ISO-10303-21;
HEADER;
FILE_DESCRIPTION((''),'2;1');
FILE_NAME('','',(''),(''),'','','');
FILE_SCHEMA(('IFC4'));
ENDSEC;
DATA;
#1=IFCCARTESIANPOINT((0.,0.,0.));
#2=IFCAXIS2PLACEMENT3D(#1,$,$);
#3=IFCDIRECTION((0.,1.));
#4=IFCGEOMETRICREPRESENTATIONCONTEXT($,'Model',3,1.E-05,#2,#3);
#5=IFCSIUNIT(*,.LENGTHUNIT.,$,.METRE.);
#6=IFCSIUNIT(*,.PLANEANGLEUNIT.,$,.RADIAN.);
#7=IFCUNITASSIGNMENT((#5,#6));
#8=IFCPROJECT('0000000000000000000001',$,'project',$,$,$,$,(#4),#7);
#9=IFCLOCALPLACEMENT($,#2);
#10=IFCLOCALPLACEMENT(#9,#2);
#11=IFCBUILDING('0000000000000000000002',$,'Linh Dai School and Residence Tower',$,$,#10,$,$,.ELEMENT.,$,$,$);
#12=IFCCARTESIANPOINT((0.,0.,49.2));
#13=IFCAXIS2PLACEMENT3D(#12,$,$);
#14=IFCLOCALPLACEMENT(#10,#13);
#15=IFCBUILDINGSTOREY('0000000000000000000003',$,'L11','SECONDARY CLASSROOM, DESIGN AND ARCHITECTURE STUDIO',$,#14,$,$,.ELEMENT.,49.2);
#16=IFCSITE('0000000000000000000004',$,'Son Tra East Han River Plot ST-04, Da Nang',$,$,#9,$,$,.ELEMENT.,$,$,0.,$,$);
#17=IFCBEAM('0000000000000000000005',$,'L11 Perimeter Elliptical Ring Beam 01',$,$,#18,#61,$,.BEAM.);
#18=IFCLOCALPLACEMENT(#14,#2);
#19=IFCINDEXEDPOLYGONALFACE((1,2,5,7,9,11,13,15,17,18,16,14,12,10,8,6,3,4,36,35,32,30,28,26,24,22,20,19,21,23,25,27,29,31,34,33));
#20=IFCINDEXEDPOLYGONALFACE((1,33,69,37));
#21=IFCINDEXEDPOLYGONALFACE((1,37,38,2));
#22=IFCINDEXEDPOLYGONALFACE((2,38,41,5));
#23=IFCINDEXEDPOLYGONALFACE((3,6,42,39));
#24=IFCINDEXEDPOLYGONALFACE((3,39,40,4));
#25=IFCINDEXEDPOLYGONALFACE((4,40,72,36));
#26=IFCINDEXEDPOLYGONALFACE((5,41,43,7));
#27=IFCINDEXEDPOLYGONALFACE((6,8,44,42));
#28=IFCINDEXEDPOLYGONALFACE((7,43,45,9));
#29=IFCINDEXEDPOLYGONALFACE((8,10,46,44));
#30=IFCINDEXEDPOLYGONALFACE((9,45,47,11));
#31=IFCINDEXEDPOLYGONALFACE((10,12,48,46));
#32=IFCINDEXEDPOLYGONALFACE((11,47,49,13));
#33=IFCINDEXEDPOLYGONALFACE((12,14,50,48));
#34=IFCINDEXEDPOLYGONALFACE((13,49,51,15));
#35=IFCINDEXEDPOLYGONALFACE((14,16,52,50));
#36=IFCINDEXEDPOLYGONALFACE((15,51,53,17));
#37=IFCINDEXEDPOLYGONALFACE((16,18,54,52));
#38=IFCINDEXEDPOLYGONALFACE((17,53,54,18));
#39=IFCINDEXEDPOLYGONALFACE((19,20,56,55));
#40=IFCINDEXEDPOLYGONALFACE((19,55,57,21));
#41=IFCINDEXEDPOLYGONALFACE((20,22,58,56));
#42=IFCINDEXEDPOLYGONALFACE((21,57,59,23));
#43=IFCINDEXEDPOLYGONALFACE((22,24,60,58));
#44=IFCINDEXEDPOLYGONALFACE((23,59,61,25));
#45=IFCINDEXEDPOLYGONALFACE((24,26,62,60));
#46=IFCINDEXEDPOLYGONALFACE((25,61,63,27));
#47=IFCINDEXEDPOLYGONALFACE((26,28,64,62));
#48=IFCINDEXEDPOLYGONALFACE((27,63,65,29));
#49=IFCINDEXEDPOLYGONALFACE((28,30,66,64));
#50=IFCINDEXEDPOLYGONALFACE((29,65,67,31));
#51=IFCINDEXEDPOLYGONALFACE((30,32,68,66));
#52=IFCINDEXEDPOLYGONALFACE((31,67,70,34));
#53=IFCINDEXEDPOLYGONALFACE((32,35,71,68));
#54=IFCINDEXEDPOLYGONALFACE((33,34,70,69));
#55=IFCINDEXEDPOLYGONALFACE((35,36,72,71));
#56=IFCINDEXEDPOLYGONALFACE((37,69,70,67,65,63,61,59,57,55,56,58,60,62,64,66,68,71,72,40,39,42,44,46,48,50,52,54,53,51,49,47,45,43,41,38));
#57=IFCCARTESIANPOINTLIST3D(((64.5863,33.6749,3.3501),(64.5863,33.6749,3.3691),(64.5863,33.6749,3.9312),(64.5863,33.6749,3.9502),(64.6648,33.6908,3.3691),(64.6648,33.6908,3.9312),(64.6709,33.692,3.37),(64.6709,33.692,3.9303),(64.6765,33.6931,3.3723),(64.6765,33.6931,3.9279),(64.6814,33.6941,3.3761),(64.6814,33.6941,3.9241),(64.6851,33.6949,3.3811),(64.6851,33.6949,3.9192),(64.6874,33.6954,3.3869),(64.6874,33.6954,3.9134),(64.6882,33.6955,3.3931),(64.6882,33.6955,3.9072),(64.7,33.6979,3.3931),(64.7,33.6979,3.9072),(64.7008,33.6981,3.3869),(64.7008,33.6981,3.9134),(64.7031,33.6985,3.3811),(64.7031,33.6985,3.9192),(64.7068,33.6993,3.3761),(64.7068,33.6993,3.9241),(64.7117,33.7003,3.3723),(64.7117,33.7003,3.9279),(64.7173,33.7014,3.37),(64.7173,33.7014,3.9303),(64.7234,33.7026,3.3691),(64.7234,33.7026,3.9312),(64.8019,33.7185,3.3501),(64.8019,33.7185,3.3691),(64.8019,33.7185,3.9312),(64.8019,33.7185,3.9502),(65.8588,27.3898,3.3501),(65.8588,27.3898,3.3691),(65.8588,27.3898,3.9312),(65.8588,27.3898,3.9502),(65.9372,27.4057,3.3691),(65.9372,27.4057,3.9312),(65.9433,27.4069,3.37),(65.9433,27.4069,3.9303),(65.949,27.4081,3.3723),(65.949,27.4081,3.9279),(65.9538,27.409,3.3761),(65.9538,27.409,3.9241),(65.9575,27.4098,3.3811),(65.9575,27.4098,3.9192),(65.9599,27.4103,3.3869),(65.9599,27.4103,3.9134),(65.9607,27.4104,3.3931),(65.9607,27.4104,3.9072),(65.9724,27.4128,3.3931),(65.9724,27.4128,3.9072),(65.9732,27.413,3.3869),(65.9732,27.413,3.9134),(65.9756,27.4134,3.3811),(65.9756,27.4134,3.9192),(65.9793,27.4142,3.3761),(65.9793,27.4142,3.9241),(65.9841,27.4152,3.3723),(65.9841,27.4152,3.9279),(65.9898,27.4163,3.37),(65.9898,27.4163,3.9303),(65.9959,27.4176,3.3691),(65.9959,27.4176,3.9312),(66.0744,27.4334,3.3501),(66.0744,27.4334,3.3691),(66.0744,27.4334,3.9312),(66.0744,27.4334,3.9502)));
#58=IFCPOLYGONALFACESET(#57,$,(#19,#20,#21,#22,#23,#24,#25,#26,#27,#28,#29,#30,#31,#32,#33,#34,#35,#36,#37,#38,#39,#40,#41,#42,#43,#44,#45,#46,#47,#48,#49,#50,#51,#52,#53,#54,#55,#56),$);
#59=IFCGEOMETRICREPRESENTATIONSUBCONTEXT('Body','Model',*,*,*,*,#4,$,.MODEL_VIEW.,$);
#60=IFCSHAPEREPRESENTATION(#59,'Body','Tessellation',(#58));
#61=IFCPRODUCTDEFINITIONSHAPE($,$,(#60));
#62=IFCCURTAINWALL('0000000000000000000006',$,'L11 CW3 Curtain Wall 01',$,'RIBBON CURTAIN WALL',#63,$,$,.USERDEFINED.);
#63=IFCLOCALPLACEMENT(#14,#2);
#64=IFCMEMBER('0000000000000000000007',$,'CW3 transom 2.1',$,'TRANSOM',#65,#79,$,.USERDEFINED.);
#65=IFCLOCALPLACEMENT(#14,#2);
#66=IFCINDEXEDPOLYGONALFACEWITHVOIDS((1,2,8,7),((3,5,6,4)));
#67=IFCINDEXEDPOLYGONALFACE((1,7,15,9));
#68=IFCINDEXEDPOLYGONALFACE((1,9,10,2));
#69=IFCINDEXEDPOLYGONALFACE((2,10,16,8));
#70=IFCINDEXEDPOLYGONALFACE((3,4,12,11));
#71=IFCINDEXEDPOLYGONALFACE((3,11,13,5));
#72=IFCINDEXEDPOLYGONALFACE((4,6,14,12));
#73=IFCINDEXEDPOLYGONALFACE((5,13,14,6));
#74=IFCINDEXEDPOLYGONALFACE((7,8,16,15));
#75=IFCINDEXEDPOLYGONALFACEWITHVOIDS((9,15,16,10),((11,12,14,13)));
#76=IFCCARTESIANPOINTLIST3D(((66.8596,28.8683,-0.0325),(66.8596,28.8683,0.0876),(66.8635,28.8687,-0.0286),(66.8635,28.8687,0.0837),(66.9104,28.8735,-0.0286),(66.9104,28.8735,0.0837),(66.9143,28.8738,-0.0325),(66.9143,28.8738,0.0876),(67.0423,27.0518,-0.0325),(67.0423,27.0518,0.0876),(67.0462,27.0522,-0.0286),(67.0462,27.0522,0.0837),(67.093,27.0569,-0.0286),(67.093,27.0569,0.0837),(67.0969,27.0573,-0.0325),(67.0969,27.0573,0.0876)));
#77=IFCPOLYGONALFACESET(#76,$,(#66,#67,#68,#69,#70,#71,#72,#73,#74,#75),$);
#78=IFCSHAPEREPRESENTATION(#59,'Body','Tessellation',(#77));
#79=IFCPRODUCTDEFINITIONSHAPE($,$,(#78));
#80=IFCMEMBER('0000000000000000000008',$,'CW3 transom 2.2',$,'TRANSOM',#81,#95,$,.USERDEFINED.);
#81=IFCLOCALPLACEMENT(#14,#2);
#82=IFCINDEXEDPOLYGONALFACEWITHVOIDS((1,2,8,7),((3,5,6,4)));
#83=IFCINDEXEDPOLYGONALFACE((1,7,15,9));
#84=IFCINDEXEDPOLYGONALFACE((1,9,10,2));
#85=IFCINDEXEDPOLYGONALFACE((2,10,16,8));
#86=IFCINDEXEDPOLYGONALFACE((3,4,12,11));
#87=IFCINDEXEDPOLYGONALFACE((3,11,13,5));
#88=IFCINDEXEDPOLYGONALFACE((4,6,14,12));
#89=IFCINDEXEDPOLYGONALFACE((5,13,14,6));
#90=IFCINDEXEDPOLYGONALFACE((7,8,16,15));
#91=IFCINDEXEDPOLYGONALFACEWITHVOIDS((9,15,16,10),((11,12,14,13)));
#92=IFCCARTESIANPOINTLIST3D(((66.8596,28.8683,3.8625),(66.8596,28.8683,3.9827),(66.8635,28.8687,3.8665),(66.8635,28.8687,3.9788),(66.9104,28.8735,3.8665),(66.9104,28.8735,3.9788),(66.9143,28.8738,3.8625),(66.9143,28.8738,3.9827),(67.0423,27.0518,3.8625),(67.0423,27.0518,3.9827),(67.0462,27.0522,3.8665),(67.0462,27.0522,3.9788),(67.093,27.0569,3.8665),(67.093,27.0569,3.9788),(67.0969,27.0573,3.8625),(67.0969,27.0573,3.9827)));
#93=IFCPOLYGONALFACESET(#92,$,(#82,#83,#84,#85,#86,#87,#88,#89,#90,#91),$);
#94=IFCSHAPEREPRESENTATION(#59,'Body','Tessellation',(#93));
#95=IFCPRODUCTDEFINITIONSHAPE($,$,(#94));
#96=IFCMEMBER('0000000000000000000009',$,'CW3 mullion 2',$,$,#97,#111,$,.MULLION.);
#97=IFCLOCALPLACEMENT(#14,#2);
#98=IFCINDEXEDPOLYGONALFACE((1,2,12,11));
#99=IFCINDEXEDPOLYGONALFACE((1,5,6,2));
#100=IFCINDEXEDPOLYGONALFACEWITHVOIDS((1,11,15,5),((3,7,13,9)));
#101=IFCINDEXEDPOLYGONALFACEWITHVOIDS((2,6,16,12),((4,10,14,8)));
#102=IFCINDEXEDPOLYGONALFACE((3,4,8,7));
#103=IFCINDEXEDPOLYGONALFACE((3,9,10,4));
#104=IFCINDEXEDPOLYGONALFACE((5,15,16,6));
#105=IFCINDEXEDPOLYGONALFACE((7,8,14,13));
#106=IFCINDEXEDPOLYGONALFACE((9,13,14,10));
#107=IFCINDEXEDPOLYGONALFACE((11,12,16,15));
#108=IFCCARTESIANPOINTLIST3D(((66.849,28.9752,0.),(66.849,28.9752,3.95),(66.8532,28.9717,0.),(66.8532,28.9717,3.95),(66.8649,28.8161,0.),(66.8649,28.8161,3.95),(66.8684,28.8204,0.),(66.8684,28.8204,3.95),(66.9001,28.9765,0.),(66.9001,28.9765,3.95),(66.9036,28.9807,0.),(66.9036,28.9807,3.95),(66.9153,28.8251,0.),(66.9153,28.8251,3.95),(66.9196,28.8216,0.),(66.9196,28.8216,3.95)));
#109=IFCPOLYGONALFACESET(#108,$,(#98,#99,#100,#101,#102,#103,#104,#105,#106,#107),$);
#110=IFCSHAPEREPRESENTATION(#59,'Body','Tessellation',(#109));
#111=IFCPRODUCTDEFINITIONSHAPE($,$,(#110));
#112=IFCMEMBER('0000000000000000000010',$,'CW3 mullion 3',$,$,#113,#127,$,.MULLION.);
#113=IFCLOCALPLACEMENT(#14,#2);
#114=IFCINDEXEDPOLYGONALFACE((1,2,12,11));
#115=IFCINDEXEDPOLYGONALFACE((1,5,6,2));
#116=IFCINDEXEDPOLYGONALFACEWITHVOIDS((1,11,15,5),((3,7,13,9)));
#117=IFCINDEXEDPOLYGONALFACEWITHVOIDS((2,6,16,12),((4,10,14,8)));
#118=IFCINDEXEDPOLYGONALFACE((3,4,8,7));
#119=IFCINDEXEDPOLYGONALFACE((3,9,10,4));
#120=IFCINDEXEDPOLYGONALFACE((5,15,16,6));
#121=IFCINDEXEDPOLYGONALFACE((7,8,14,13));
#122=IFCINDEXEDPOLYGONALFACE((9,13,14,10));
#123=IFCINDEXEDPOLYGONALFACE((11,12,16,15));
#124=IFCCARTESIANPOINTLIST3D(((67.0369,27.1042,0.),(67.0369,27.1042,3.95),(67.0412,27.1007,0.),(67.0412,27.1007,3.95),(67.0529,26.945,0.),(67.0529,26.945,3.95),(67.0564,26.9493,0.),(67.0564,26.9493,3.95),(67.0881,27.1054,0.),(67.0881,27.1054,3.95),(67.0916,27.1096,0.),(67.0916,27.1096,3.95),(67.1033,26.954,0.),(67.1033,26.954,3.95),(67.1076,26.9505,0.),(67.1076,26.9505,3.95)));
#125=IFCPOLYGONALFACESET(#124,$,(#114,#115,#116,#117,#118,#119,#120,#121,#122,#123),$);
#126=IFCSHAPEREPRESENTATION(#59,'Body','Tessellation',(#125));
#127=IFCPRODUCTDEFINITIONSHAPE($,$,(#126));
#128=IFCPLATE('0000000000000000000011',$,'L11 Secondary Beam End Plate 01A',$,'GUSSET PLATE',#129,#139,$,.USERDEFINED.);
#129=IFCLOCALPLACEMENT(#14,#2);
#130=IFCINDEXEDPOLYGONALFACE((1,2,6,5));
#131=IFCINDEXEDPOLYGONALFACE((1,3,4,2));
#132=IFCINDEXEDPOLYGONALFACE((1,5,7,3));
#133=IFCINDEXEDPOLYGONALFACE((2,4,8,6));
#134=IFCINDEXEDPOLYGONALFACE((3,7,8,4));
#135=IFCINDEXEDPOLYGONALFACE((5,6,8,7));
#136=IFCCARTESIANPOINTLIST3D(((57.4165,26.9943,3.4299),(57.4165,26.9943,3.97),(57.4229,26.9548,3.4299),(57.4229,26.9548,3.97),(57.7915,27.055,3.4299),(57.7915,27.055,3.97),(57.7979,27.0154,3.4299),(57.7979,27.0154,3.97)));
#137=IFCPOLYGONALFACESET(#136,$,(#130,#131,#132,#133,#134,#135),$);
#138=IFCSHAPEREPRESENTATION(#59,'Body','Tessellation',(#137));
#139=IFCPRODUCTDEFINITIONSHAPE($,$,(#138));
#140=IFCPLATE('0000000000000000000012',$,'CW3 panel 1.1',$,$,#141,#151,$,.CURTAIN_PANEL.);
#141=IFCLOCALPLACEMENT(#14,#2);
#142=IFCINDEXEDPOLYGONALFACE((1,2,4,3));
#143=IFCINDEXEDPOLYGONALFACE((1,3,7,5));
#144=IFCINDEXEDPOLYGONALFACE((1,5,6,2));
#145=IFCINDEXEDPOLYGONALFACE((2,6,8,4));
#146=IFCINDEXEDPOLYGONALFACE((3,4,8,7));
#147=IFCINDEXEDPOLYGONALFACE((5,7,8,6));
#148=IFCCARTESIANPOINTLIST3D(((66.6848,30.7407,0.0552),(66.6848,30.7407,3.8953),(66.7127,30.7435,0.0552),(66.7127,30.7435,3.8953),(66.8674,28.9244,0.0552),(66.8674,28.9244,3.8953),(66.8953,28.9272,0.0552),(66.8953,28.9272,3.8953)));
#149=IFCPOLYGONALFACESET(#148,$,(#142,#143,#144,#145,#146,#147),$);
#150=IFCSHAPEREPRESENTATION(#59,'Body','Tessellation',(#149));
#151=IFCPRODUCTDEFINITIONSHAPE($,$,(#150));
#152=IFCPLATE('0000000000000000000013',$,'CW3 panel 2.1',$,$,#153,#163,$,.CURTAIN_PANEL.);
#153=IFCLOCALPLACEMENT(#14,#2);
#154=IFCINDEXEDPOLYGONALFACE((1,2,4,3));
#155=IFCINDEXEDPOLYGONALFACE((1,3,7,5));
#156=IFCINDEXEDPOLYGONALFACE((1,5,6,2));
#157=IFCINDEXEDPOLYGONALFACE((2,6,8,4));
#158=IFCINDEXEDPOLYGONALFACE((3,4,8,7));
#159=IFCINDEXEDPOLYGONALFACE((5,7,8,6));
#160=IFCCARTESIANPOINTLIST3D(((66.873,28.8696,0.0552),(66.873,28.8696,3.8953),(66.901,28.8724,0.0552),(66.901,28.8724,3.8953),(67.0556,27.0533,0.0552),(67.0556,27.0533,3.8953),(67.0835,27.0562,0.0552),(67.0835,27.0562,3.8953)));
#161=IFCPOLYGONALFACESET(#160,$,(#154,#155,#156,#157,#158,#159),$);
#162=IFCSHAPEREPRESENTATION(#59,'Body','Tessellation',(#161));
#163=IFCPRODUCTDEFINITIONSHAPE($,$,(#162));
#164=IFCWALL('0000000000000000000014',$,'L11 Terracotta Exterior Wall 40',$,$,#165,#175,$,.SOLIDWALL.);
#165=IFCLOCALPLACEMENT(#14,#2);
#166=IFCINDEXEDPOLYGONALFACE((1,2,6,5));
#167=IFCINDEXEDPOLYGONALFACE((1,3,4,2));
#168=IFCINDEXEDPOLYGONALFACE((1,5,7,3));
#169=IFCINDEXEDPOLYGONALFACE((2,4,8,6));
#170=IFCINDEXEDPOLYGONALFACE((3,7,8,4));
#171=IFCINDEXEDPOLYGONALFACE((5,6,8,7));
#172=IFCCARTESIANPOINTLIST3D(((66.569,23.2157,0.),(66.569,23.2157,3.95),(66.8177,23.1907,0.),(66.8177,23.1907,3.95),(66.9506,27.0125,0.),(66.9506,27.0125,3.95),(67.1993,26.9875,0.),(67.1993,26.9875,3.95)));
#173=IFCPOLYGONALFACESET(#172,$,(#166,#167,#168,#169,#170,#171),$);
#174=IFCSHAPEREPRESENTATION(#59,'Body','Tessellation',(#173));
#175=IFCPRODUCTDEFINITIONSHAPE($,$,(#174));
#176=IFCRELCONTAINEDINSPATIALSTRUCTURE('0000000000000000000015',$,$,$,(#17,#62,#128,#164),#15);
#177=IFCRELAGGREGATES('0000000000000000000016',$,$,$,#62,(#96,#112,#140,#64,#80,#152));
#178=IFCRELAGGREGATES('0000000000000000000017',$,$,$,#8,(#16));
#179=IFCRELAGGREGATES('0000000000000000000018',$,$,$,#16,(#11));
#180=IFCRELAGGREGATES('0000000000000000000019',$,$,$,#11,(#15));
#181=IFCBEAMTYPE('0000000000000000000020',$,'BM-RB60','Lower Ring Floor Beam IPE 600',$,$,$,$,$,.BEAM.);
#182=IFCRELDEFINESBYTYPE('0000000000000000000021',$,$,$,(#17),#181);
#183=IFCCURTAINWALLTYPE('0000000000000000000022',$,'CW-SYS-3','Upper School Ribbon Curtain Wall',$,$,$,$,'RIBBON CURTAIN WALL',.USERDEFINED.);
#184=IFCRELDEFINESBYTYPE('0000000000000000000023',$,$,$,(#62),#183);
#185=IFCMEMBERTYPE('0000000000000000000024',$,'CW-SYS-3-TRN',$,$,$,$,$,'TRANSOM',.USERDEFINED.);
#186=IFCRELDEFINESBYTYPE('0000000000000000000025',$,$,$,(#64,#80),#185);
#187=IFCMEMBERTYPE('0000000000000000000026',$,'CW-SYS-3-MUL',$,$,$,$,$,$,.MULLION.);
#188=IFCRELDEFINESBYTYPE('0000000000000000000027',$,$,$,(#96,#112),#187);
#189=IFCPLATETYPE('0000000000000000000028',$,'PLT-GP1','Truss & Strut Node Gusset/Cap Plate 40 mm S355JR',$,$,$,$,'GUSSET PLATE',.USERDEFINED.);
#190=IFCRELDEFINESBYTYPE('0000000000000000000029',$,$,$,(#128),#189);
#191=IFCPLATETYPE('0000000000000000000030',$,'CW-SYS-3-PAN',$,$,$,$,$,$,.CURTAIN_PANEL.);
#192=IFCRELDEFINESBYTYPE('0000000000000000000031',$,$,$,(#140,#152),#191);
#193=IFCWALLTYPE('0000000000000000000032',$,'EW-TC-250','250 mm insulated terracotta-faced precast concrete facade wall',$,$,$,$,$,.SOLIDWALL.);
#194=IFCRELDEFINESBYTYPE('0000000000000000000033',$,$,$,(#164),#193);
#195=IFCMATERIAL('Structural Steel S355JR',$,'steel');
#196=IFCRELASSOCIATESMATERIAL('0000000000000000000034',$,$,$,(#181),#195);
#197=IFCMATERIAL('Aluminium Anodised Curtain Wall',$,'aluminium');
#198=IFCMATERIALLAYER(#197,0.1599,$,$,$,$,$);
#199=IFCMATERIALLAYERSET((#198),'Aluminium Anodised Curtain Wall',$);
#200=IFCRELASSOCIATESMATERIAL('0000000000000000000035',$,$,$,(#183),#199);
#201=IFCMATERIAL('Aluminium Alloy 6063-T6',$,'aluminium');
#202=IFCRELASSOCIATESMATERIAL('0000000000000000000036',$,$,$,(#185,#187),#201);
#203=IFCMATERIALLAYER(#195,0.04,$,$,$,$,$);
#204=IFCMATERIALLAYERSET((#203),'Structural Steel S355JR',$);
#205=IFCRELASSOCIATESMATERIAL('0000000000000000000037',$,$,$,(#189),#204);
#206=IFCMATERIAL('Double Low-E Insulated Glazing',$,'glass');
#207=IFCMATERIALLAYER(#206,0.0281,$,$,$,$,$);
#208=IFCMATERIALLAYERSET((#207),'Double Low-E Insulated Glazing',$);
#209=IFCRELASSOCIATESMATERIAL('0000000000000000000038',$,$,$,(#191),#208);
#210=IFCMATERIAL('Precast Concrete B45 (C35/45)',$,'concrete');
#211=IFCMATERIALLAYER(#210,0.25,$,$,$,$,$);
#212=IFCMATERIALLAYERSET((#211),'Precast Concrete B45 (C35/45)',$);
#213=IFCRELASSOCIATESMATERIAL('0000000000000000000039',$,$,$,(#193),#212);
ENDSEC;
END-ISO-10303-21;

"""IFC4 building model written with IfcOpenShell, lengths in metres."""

from ifc_helpers import new_model, si_unit, direction, frame, frame_2d, origin, origin_2d, place, context, subcontext, project, spatial, rectangle, hollow_rectangle, i_section, extrude, source, transform, mapped, material, layer, layer_set, material_profile, profile_set, type_object, element, aggregate, save


model = new_model("IFC4")

# Units and contexts
model_context = context("Model", 3, precision=1e-05, world=origin(), true_north=direction((0.0, 1.0)))
body_context = subcontext(model_context, "Body", "Model", "MODEL_VIEW")
ifc_project = project(units=[si_unit("LENGTHUNIT", "METRE"), si_unit("PLANEANGLEUNIT", "RADIAN")], contexts=[model_context])

# Site, building, storey
site_placement = place(None, origin())
site = spatial("IfcSite", under=ifc_project, at=site_placement, Name="Son Tra East Han River Plot ST-04, Da Nang", CompositionType="ELEMENT", RefElevation=0.0)
building_placement = place(site_placement, origin())
building = spatial("IfcBuilding", under=site, at=building_placement, Name="Linh Dai School and Residence Tower", CompositionType="ELEMENT")
storey_placement = place(building_placement, frame((0.0, 0.0, 49.2)))
storey = spatial("IfcBuildingStorey", under=building, at=storey_placement, Name="L11", Description="SECONDARY CLASSROOM, DESIGN AND ARCHITECTURE STUDIO", CompositionType="ELEMENT", Elevation=49.2)

# Shared definitions
ifc_material_1 = material(Name="Structural Steel S355JR", Category="steel")

# Beam
ifc_material_profile_1 = material_profile(ifc_material_1, i_section(OverallWidth=0.22, OverallDepth=0.6001, WebThickness=0.012, FlangeThickness=0.019, FilletRadius=0.0239, at=origin_2d()), Name="IPE 600")
ifc_profile_set_1 = profile_set([ifc_material_profile_1], Name="Structural Steel S355JR")
beam_type_1 = type_object("IfcBeamType", Name="BM-RB60", Description="Lower Ring Floor Beam IPE 600", PredefinedType="BEAM", material=ifc_profile_set_1)
beam_1_placement = place(storey_placement, frame((65.9666, 27.4116, 3.6501), z_axis=(-0.198429, 0.980115, 0.0), x_axis=(-0.980115, -0.198429, 0.0)))
element("IfcBeam", 1, at=beam_1_placement, inside=storey, type_object=beam_type_1, Name="L11 Perimeter Elliptical Ring Beam 01", PredefinedType="BEAM", context=body_context, shape_type="SweptSolid", body=[
    extrude(i_section(OverallWidth=0.22, OverallDepth=0.6001, WebThickness=0.012, FlangeThickness=0.019, FilletRadius=0.0239, at=origin_2d()), origin(), (0.0, 0.0, 1.0), 6.4126),
])

# Curtain wall, members
ifc_material_2 = material(Name="Aluminium Anodised Curtain Wall", Category="aluminium")
ifc_layer_1 = layer(ifc_material_2, 0.1599)
ifc_layer_set_1 = layer_set([ifc_layer_1], Name="Aluminium Anodised Curtain Wall")
curtain_wall_type = type_object("IfcCurtainWallType", Name="CW-SYS-3", Description="Upper School Ribbon Curtain Wall", ElementType="RIBBON CURTAIN WALL", PredefinedType="USERDEFINED", material=ifc_layer_set_1)
curtain_wall_placement = place(storey_placement, origin())
curtain_wall = element("IfcCurtainWall", 2, at=curtain_wall_placement, inside=storey, type_object=curtain_wall_type, Name="L11 CW3 Curtain Wall 01", ObjectType="RIBBON CURTAIN WALL", PredefinedType="USERDEFINED")
ifc_material_3 = material(Name="Aluminium Alloy 6063-T6", Category="aluminium")
ifc_material_profile_2 = material_profile(ifc_material_3, hollow_rectangle(XDim=0.0549, YDim=0.1201, WallThickness=0.0039, at=origin_2d()), Name="RHS 120x55x4")
ifc_profile_set_2 = profile_set([ifc_material_profile_2], Name="Aluminium Alloy 6063-T6")
member_type_1 = type_object("IfcMemberType", Name="CW-SYS-3-TRN", ElementType="TRANSOM", PredefinedType="USERDEFINED", material=ifc_profile_set_2)
shared_shape_1 = source(origin(), body_context, "Body", "SweptSolid", [
    extrude(hollow_rectangle(XDim=0.0549, YDim=0.1201, WallThickness=0.0039, at=origin_2d()), origin(), (0.0, 0.0, 1.0), 1.8257),
])
member_1_placement = place(storey_placement, frame((66.887, 28.8711, 0.0276), z_axis=(0.100033, -0.994984, 0.0), x_axis=(0.994984, 0.100033, 0.0)))
member_1 = element("IfcMember", 3, at=member_1_placement, type_object=member_type_1, Name="CW3 transom 2.1", ObjectType="TRANSOM", PredefinedType="USERDEFINED", context=body_context, shape_type="MappedRepresentation", body=[
    mapped(shared_shape_1, transform((0.0, 0.0, 0.0), x_axis=(1.0, 0.0, 0.0), y_axis=(0.0, 1.0, 0.0), z_axis=(0.0, 0.0, 1.0), scale=1.0)),
])
member_2_placement = place(storey_placement, frame((66.887, 28.8711, 3.9226), z_axis=(0.100033, -0.994984, 0.0), x_axis=(0.994984, 0.100033, 0.0)))
member_2 = element("IfcMember", 4, at=member_2_placement, type_object=member_type_1, Name="CW3 transom 2.2", ObjectType="TRANSOM", PredefinedType="USERDEFINED", context=body_context, shape_type="MappedRepresentation", body=[
    mapped(shared_shape_1, transform((0.0, 0.0, 0.0), x_axis=(1.0, 0.0, 0.0), y_axis=(0.0, 1.0, 0.0), z_axis=(0.0, 0.0, 1.0), scale=1.0)),
])
ifc_material_profile_3 = material_profile(ifc_material_3, hollow_rectangle(XDim=0.0549, YDim=0.1599, WallThickness=0.0039, at=origin_2d()), Name="RHS 160x55x4")
ifc_profile_set_3 = profile_set([ifc_material_profile_3], Name="Aluminium Alloy 6063-T6")
member_type_2 = type_object("IfcMemberType", Name="CW-SYS-3-MUL", PredefinedType="MULLION", material=ifc_profile_set_3)
shared_shape_2 = source(origin(), body_context, "Body", "SweptSolid", [
    extrude(hollow_rectangle(XDim=0.0549, YDim=0.1599, WallThickness=0.0039, at=origin_2d()), origin(), (0.0, 0.0, 1.0), 3.95),
])
member_3_placement = place(storey_placement, frame((66.8843, 28.8984, 0.0), z_axis=(0.0, 0.0, 1.0), x_axis=(0.994986, 0.100009, 0.0)))
member_3 = element("IfcMember", 5, at=member_3_placement, type_object=member_type_2, Name="CW3 mullion 2", PredefinedType="MULLION", context=body_context, shape_type="MappedRepresentation", body=[
    mapped(shared_shape_2, transform((0.0, 0.0, 0.0), x_axis=(1.0, 0.0, 0.0), y_axis=(0.0, 1.0, 0.0), z_axis=(0.0, 0.0, 1.0), scale=1.0)),
])
member_4_placement = place(storey_placement, frame((67.0723, 27.0273, 0.0), z_axis=(0.0, 0.0, 1.0), x_axis=(0.994986, 0.100009, 0.0)))
member_4 = element("IfcMember", 6, at=member_4_placement, type_object=member_type_2, Name="CW3 mullion 3", PredefinedType="MULLION", context=body_context, shape_type="MappedRepresentation", body=[
    mapped(shared_shape_2, transform((0.0, 0.0, 0.0), x_axis=(1.0, 0.0, 0.0), y_axis=(0.0, 1.0, 0.0), z_axis=(0.0, 0.0, 1.0), scale=1.0)),
])

# Plates
ifc_layer_2 = layer(ifc_material_1, 0.04)
ifc_layer_set_2 = layer_set([ifc_layer_2], Name="Structural Steel S355JR")
plate_type_1 = type_object("IfcPlateType", Name="PLT-GP1", Description="Truss & Strut Node Gusset/Cap Plate 40 mm S355JR", ElementType="GUSSET PLATE", PredefinedType="USERDEFINED", material=ifc_layer_set_2)
shared_shape_3 = source(origin(), body_context, "Body", "SweptSolid", [
    extrude(rectangle(XDim=0.04, YDim=0.3799, at=origin_2d()), origin(), (0.0, 0.0, 1.0), 0.54),
])
plate_1_placement = place(storey_placement, frame((57.6072, 27.0049, 3.4299), z_axis=(0.0, 0.0, 1.0), x_axis=(-0.159659, 0.987172, 0.0)))
element("IfcPlate", 7, at=plate_1_placement, inside=storey, type_object=plate_type_1, Name="L11 Secondary Beam End Plate 01A", ObjectType="GUSSET PLATE", PredefinedType="USERDEFINED", context=body_context, shape_type="MappedRepresentation", body=[
    mapped(shared_shape_3, transform((0.0, 0.0, 0.0), x_axis=(1.0, 0.0, 0.0), y_axis=(0.0, 1.0, 0.0), z_axis=(0.0, 0.0, 1.0), scale=1.0)),
])
ifc_material_4 = material(Name="Double Low-E Insulated Glazing", Category="glass")
ifc_layer_3 = layer(ifc_material_4, 0.0281)
ifc_layer_set_3 = layer_set([ifc_layer_3], Name="Double Low-E Insulated Glazing")
plate_type_2 = type_object("IfcPlateType", Name="CW-SYS-3-PAN", PredefinedType="CURTAIN_PANEL", material=ifc_layer_set_3)
shared_shape_4 = source(origin(), body_context, "Body", "SweptSolid", [
    extrude(rectangle(XDim=1.8254, YDim=0.0281, at=origin_2d()), origin(), (0.0, 0.0, 1.0), 3.8401),
])
plate_2_placement = place(storey_placement, frame((66.79, 29.834, 0.0552), z_axis=(0.0, 0.0, 1.0), x_axis=(0.100009, -0.994986, 0.0)))
plate_2 = element("IfcPlate", 8, at=plate_2_placement, type_object=plate_type_2, Name="CW3 panel 1.1", PredefinedType="CURTAIN_PANEL", context=body_context, shape_type="MappedRepresentation", body=[
    mapped(shared_shape_4, transform((0.0, 0.0, 0.0), x_axis=(1.0, 0.0, 0.0), y_axis=(0.0, 1.0, 0.0), z_axis=(0.0, 0.0, 1.0), scale=1.0)),
])
plate_3_placement = place(storey_placement, frame((66.9783, 27.9629, 0.0552), z_axis=(0.0, 0.0, 1.0), x_axis=(0.100009, -0.994986, 0.0)))
plate_3 = element("IfcPlate", 9, at=plate_3_placement, type_object=plate_type_2, Name="CW3 panel 2.1", PredefinedType="CURTAIN_PANEL", context=body_context, shape_type="MappedRepresentation", body=[
    mapped(shared_shape_4, transform((0.0, 0.0, 0.0), x_axis=(1.0, 0.0, 0.0), y_axis=(0.0, 1.0, 0.0), z_axis=(0.0, 0.0, 1.0), scale=1.0)),
])
aggregate(curtain_wall, [member_3, member_4, plate_2, member_1, member_2, plate_3])

# Wall
ifc_material_5 = material(Name="Precast Concrete B45 (C35/45)", Category="concrete")
ifc_layer_4 = layer(ifc_material_5, 0.25)
ifc_layer_set_4 = layer_set([ifc_layer_4], Name="Precast Concrete B45 (C35/45)")
wall_type_1 = type_object("IfcWallType", Name="EW-TC-250", Description="250 mm insulated terracotta-faced precast concrete facade wall", PredefinedType="SOLIDWALL", material=ifc_layer_set_4)
wall_1_placement = place(storey_placement, frame((67.075, 27.0, 0.0), z_axis=(0.0, 0.0, 1.0), x_axis=(-0.099998, -0.994988, 0.0)))
element("IfcWall", 10, at=wall_1_placement, inside=storey, type_object=wall_type_1, Name="L11 Terracotta Exterior Wall 40", PredefinedType="SOLIDWALL", context=body_context, shape_type="SweptSolid", body=[
    extrude(rectangle(XDim=3.8159, YDim=0.25, at=frame_2d((1.908, 0.0))), origin(), (0.0, 0.0, 1.0), 3.95),
])

save(model, "model.ifc")
